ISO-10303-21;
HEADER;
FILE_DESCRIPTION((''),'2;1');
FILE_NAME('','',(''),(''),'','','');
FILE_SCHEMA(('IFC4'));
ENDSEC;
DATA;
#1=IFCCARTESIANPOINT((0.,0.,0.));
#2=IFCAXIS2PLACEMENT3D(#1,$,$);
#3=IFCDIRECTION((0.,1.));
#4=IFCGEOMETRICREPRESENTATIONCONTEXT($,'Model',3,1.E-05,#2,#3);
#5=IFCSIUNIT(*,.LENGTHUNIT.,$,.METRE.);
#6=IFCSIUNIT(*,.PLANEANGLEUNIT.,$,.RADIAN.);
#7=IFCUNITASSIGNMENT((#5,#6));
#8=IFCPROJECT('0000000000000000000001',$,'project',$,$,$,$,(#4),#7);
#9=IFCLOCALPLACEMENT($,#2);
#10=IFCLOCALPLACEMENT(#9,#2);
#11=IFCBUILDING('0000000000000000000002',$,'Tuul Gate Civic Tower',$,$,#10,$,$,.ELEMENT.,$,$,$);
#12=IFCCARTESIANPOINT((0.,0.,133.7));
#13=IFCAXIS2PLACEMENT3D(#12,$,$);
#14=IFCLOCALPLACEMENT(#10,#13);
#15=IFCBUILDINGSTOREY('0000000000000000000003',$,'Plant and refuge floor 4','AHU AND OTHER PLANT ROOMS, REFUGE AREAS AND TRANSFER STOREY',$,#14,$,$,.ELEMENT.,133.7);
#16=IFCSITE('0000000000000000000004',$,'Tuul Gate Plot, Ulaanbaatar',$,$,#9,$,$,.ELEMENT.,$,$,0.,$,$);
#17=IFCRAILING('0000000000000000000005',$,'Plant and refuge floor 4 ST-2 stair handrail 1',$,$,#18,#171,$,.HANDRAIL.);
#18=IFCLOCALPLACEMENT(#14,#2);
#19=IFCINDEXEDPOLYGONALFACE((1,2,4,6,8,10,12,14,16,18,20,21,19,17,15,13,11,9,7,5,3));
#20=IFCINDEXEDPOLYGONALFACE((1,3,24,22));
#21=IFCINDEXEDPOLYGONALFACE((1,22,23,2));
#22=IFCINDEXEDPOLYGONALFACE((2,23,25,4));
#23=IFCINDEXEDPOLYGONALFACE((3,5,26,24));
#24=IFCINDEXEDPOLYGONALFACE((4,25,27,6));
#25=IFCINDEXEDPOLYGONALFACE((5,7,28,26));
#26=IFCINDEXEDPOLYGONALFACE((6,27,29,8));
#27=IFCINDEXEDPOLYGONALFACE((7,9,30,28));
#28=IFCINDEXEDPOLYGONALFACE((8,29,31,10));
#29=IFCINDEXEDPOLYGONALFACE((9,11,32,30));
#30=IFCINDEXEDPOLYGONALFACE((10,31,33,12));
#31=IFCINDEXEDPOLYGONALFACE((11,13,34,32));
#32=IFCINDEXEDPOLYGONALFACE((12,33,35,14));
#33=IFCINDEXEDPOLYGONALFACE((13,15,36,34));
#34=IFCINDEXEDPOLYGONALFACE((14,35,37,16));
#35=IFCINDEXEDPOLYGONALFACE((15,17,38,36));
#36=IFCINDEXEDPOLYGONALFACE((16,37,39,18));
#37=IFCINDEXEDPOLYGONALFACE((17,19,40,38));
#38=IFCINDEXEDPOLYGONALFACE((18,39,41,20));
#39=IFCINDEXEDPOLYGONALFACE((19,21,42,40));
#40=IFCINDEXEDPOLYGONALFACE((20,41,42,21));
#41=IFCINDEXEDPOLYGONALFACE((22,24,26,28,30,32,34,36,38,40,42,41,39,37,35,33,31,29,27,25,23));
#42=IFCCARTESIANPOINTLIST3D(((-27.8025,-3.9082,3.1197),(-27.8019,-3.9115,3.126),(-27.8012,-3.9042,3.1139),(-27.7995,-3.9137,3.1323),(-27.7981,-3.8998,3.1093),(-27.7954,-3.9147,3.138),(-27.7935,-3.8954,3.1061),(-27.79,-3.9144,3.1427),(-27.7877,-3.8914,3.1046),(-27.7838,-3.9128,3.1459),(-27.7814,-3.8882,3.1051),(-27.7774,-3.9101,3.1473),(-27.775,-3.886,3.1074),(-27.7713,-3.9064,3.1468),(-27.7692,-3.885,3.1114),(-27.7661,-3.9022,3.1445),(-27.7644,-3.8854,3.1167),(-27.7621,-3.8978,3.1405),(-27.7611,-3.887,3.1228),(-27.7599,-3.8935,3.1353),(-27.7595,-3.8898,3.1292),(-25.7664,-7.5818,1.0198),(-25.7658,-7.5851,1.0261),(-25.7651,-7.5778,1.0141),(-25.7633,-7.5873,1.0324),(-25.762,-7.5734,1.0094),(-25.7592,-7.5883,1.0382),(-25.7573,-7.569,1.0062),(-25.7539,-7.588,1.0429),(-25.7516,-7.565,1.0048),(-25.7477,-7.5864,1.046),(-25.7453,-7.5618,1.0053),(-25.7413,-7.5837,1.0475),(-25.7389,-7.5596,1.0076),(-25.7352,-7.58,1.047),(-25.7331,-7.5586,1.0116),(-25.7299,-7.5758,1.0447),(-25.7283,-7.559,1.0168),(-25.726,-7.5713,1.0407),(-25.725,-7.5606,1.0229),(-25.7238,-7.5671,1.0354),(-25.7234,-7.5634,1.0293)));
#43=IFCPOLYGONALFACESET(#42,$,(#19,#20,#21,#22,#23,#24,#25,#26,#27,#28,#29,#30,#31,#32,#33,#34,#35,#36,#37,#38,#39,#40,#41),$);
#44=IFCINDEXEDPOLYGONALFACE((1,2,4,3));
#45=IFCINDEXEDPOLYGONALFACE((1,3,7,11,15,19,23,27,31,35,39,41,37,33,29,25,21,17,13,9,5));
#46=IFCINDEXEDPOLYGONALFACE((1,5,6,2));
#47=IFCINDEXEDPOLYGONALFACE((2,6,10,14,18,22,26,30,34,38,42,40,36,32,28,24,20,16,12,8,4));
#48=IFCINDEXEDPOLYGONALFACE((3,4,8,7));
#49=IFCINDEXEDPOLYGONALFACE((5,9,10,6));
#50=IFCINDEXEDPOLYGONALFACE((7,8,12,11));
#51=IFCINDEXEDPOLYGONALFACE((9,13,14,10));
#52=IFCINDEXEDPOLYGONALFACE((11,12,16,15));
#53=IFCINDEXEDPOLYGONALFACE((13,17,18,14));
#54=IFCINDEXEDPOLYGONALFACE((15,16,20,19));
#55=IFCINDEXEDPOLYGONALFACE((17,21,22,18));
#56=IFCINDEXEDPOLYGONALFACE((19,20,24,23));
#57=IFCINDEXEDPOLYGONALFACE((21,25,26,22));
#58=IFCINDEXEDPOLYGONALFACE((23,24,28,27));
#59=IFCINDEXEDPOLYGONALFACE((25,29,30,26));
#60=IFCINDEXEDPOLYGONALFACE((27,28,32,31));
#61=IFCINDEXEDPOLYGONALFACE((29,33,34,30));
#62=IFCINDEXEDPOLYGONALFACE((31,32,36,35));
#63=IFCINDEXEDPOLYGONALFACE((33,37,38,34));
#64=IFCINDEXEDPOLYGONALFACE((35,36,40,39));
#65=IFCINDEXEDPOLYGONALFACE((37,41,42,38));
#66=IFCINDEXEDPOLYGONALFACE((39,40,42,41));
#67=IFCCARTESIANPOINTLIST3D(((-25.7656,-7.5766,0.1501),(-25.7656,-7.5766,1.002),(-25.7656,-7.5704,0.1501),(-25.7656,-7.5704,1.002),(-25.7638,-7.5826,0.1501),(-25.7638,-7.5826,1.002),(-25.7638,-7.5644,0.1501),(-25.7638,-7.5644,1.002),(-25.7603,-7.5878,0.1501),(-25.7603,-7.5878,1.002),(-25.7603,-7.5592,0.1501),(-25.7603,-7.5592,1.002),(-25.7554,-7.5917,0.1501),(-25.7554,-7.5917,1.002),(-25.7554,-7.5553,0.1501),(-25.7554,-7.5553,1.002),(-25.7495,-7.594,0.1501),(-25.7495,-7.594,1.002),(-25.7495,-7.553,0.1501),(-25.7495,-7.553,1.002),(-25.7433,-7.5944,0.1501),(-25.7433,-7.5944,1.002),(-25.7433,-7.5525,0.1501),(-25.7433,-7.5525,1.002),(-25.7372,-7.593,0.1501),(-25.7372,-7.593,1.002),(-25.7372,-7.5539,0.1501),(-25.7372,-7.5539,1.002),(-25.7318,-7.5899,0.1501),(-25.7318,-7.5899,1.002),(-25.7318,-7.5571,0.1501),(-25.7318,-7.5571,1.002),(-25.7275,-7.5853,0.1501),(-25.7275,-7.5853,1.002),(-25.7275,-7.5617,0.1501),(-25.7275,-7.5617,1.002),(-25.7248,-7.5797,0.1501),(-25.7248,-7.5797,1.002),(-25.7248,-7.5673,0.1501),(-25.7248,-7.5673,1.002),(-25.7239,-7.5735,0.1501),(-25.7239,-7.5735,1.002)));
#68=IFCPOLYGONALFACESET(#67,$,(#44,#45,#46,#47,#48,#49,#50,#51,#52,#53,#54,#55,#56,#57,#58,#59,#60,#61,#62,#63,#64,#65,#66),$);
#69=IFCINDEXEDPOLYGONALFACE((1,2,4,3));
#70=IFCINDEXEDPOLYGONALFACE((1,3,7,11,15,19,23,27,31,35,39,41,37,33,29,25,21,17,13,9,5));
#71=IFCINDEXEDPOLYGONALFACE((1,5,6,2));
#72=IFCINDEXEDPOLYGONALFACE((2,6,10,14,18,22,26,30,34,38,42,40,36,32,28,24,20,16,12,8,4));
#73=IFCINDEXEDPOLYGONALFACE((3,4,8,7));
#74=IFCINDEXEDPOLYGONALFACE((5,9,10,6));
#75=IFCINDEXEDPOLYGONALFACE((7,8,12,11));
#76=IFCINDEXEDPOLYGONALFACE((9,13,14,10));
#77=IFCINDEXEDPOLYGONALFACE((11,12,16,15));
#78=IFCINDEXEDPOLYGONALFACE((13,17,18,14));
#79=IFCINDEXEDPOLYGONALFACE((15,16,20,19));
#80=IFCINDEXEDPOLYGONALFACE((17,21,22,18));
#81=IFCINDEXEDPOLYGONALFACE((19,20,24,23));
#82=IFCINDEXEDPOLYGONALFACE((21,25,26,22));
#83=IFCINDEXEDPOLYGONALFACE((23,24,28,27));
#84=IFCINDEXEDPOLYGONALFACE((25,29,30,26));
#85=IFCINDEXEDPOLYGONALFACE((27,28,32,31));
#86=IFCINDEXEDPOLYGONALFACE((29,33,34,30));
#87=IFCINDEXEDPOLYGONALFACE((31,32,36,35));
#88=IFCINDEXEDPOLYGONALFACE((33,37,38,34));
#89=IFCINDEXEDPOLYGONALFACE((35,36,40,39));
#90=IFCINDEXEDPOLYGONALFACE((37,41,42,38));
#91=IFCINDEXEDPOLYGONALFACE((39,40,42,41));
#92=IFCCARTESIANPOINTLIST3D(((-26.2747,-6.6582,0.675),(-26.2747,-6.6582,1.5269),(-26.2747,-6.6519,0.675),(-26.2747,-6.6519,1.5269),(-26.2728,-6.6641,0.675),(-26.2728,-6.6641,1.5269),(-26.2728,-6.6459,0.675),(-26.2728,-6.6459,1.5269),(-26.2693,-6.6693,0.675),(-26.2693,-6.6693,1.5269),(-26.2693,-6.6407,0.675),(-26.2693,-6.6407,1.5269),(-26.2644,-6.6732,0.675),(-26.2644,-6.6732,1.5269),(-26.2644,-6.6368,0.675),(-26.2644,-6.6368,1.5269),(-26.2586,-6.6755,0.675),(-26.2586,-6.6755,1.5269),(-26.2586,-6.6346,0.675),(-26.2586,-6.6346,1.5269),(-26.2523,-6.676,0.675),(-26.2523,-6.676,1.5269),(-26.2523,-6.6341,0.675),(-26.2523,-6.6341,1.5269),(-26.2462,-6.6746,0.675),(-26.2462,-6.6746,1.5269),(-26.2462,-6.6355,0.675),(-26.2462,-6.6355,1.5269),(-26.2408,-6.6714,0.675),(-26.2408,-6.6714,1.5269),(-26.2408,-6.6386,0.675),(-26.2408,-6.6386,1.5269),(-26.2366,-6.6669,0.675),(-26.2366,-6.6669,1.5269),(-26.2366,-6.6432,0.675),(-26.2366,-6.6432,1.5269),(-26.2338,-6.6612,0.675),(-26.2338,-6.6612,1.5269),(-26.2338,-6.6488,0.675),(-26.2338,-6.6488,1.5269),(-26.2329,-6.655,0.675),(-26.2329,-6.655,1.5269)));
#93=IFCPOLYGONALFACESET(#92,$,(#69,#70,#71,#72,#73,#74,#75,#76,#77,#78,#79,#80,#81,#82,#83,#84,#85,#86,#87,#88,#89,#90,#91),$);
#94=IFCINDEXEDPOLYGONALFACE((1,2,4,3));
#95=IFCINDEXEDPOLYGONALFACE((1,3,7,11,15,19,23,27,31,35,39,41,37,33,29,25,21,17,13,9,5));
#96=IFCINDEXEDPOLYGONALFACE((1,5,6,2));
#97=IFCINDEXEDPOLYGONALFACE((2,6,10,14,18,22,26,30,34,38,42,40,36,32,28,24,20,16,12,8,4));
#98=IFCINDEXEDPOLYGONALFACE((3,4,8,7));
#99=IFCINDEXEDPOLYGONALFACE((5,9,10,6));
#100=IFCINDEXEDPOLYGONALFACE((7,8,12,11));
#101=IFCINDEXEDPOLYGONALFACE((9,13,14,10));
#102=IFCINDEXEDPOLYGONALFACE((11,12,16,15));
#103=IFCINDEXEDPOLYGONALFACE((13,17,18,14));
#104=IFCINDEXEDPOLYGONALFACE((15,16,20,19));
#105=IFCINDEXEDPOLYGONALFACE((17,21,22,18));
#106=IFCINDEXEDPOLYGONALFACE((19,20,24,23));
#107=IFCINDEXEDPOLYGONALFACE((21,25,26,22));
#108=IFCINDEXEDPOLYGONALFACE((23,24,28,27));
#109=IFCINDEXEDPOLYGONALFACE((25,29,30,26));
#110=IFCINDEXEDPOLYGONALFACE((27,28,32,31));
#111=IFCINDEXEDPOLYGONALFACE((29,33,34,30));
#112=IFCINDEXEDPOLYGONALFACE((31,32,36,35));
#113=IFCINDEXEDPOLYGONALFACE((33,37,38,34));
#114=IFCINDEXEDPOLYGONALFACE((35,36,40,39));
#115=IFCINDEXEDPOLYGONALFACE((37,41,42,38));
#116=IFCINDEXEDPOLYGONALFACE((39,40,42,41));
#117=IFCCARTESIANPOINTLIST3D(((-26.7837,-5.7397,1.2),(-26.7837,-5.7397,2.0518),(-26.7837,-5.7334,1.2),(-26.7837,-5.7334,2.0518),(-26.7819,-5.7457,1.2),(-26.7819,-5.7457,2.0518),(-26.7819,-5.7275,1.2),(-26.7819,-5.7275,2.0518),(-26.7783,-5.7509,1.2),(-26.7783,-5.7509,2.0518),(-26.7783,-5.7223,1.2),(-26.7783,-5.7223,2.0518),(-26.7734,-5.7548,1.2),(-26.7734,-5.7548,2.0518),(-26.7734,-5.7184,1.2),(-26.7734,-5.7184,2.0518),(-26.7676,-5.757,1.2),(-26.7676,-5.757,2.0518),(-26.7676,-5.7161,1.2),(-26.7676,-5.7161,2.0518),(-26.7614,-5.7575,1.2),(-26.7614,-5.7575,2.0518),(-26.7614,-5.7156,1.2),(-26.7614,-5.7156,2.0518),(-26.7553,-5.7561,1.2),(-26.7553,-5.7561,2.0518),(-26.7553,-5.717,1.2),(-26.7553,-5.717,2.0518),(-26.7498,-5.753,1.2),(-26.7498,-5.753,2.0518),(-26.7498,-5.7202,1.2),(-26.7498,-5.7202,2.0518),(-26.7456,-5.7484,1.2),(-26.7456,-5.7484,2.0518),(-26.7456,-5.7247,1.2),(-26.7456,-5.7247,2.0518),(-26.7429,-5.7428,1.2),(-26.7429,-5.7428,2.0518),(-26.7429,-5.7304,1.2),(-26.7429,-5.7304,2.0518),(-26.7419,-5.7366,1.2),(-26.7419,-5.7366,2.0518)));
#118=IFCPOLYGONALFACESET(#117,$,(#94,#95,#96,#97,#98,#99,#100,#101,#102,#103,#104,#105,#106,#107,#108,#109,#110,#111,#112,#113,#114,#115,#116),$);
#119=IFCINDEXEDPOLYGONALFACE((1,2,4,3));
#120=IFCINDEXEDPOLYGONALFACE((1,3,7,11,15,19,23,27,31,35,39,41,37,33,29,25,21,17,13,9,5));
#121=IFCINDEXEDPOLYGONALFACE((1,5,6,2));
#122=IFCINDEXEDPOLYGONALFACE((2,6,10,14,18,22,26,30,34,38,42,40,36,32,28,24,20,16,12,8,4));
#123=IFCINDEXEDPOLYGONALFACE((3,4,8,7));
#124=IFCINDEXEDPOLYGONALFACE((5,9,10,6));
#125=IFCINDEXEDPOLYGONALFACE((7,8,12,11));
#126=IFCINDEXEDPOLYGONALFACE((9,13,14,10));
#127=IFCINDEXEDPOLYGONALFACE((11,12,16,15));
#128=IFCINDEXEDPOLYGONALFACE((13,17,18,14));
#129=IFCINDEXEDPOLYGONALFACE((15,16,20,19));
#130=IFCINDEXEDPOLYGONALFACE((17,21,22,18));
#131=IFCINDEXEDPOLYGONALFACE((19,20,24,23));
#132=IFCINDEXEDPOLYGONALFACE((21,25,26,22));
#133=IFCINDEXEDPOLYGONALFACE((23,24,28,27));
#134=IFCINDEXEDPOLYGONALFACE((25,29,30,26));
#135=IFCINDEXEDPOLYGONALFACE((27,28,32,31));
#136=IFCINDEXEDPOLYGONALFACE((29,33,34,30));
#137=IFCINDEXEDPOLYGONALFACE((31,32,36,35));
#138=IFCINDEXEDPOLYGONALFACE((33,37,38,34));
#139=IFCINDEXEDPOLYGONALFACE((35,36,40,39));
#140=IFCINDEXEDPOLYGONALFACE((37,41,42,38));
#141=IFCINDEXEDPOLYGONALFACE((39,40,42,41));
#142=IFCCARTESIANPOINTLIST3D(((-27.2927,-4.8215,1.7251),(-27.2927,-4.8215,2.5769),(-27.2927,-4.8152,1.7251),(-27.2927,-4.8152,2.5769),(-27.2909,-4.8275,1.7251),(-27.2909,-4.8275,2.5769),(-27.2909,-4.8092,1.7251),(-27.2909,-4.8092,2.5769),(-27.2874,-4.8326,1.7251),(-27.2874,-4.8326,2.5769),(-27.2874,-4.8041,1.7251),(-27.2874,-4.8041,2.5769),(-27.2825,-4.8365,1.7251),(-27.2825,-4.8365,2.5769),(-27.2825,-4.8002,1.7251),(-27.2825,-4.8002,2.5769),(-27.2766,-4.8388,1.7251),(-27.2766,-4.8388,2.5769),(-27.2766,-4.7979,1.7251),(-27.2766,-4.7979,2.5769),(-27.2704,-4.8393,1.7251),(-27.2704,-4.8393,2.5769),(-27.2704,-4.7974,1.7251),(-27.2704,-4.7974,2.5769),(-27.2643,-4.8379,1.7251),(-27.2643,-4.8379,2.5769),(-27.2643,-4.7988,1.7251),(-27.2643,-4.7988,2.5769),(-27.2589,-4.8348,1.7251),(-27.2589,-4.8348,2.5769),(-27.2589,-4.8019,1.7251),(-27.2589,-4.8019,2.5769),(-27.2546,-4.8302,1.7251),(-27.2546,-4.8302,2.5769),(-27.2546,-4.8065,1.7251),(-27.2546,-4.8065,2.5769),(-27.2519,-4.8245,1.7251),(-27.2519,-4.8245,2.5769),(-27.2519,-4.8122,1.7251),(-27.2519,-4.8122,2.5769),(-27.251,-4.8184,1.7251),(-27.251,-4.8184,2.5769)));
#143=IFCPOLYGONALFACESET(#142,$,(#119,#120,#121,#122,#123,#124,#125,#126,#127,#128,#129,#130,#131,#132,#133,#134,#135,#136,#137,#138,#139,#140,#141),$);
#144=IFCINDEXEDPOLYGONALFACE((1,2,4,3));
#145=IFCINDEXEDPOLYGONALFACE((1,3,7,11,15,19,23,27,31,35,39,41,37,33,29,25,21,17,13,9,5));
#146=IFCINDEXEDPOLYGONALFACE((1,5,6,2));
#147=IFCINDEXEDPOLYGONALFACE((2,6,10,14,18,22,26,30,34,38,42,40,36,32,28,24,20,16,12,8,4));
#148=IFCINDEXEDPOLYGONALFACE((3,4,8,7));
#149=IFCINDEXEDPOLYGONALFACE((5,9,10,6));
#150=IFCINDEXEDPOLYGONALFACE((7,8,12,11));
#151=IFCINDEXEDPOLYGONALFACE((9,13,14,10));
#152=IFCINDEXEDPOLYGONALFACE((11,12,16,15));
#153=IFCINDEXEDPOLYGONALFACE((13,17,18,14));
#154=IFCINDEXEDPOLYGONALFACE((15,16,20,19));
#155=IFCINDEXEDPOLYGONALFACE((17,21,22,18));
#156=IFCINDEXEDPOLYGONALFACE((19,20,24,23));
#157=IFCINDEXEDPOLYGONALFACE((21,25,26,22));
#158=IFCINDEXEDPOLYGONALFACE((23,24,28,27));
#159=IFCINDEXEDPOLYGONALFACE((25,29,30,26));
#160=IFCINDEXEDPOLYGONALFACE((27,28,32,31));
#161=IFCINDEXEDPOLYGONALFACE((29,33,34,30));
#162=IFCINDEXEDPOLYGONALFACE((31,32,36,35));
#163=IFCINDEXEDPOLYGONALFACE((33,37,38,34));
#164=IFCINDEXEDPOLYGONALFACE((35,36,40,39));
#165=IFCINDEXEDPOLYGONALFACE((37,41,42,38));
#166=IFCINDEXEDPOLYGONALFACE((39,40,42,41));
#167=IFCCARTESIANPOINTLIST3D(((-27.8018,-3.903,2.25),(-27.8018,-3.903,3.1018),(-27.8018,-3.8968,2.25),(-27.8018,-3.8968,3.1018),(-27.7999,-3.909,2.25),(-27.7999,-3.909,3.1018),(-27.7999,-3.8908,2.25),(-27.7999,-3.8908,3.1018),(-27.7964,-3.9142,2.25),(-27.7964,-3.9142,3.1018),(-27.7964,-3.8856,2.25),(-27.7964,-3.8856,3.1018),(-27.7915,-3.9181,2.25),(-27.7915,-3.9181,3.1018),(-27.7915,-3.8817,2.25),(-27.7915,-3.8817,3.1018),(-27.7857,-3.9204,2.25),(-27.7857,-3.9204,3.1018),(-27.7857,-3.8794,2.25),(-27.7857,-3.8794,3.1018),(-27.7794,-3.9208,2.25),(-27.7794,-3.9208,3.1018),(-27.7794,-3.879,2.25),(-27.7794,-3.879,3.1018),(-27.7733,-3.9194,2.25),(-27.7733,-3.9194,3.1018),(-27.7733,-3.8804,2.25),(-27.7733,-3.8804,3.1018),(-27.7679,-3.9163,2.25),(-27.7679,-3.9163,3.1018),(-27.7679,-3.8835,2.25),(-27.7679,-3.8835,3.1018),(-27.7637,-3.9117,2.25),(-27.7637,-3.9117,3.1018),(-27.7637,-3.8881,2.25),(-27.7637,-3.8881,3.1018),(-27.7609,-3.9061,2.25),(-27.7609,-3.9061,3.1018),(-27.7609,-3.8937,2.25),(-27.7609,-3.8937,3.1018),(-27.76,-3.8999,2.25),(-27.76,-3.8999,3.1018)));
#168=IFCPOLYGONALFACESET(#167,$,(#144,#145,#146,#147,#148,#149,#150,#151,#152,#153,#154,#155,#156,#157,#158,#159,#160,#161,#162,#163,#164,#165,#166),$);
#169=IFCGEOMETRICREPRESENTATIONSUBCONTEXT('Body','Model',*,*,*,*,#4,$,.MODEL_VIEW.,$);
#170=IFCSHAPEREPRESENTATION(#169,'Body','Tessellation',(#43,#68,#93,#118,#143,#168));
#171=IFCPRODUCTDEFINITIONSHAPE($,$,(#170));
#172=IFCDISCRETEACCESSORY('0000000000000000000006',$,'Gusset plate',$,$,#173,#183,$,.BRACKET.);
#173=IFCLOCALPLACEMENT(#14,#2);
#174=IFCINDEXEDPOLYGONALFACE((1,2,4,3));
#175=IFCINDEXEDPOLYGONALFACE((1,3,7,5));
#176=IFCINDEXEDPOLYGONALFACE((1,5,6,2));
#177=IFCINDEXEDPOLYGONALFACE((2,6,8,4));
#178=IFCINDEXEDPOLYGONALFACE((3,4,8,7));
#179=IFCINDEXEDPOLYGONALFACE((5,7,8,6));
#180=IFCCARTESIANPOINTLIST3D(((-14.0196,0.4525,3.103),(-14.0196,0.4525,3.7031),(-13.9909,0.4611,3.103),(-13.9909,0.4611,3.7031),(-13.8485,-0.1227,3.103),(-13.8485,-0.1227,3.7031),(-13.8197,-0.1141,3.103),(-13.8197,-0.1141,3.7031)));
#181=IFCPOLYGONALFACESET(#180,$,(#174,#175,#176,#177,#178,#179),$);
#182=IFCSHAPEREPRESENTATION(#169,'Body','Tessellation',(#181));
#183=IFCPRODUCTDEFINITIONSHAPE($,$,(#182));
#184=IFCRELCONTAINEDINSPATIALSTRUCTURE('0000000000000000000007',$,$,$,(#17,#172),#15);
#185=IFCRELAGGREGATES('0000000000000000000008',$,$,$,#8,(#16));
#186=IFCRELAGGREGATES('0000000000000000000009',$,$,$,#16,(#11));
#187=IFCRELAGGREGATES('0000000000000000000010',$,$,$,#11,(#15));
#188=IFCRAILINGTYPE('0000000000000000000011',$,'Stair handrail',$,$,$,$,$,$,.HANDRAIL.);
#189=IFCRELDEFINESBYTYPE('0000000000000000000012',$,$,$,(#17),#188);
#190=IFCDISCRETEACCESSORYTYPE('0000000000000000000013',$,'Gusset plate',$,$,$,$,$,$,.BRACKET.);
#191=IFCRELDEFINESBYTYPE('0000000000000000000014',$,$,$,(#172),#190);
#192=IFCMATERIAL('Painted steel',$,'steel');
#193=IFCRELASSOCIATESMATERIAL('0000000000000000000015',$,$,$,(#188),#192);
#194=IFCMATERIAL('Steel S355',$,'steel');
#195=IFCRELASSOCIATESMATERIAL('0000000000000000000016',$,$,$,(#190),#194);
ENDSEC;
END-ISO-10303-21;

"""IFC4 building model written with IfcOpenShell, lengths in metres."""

from ifc_helpers import new_model, si_unit, direction, frame, origin, origin_2d, place, context, subcontext, project, spatial, rectangle, circle, extrude, material, type_object, element, save


model = new_model("IFC4")

# Units and contexts
model_context = context("Model", 3, precision=1e-05, world=origin(), true_north=direction((0.0, 1.0)))
body_context = subcontext(model_context, "Body", "Model", "MODEL_VIEW")
ifc_project = project(units=[si_unit("LENGTHUNIT", "METRE"), si_unit("PLANEANGLEUNIT", "RADIAN")], contexts=[model_context])

# Site, building, storey
site_placement = place(None, origin())
site = spatial("IfcSite", under=ifc_project, at=site_placement, Name="Tuul Gate Plot, Ulaanbaatar", CompositionType="ELEMENT", RefElevation=0.0)
building_placement = place(site_placement, origin())
building = spatial("IfcBuilding", under=site, at=building_placement, Name="Tuul Gate Civic Tower", CompositionType="ELEMENT")
storey_placement = place(building_placement, frame((0.0, 0.0, 133.7)))
storey = spatial("IfcBuildingStorey", under=building, at=storey_placement, Name="Plant and refuge floor 4", Description="AHU AND OTHER PLANT ROOMS, REFUGE AREAS AND TRANSFER STOREY", CompositionType="ELEMENT", Elevation=133.7)

# Railing
ifc_material_1 = material(Name="Painted steel", Category="steel")
railing_type = type_object("IfcRailingType", Name="Stair handrail", PredefinedType="HANDRAIL", material=ifc_material_1)
railing_placement = place(storey_placement, frame((-25.7449, -7.5735, 0.1501)))
element("IfcRailing", 1, at=railing_placement, inside=storey, type_object=railing_type, Name="Plant and refuge floor 4 ST-2 stair handrail 1", PredefinedType="HANDRAIL", context=body_context, shape_type="SweptSolid", body=[
    extrude(circle(Radius=0.0239, at=origin_2d()), frame((0.0, 0.0, 0.876), z_axis=(-0.433608, 0.782314, 0.447178), x_axis=(-0.874637, -0.484779, 0.0)), (0.0, 0.0, 1.0), 4.6958),
    extrude(circle(Radius=0.021, at=origin_2d()), origin(), (0.0, 0.0, 1.0), 0.8518),
    extrude(circle(Radius=0.021, at=origin_2d()), frame((-0.509, 0.9185, 0.5249)), (0.0, 0.0, 1.0), 0.8518),
    extrude(circle(Radius=0.021, at=origin_2d()), frame((-1.0181, 1.8369, 1.0498)), (0.0, 0.0, 1.0), 0.8518),
    extrude(circle(Radius=0.021, at=origin_2d()), frame((-1.5271, 2.7551, 1.575)), (0.0, 0.0, 1.0), 0.8518),
    extrude(circle(Radius=0.021, at=origin_2d()), frame((-2.0361, 3.6736, 2.0999)), (0.0, 0.0, 1.0), 0.8518),
])

# Discrete accessory
ifc_material_2 = material(Name="Steel S355", Category="steel")
discrete_accessory_type = type_object("IfcDiscreteAccessoryType", Name="Gusset plate", PredefinedType="BRACKET", material=ifc_material_2)
discrete_accessory_placement = place(storey_placement, frame((-13.9197, 0.1692, 3.103), z_axis=(0.0, 0.0, 1.0), x_axis=(-0.285212, 0.958464, 0.0)))
element("IfcDiscreteAccessory", 2, at=discrete_accessory_placement, inside=storey, type_object=discrete_accessory_type, Name="Gusset plate", PredefinedType="BRACKET", context=body_context, shape_type="SweptSolid", body=[
    extrude(rectangle(XDim=0.6001, YDim=0.03, at=origin_2d()), origin(), (0.0, 0.0, 1.0), 0.6001),
])

save(model, "model.ifc")
